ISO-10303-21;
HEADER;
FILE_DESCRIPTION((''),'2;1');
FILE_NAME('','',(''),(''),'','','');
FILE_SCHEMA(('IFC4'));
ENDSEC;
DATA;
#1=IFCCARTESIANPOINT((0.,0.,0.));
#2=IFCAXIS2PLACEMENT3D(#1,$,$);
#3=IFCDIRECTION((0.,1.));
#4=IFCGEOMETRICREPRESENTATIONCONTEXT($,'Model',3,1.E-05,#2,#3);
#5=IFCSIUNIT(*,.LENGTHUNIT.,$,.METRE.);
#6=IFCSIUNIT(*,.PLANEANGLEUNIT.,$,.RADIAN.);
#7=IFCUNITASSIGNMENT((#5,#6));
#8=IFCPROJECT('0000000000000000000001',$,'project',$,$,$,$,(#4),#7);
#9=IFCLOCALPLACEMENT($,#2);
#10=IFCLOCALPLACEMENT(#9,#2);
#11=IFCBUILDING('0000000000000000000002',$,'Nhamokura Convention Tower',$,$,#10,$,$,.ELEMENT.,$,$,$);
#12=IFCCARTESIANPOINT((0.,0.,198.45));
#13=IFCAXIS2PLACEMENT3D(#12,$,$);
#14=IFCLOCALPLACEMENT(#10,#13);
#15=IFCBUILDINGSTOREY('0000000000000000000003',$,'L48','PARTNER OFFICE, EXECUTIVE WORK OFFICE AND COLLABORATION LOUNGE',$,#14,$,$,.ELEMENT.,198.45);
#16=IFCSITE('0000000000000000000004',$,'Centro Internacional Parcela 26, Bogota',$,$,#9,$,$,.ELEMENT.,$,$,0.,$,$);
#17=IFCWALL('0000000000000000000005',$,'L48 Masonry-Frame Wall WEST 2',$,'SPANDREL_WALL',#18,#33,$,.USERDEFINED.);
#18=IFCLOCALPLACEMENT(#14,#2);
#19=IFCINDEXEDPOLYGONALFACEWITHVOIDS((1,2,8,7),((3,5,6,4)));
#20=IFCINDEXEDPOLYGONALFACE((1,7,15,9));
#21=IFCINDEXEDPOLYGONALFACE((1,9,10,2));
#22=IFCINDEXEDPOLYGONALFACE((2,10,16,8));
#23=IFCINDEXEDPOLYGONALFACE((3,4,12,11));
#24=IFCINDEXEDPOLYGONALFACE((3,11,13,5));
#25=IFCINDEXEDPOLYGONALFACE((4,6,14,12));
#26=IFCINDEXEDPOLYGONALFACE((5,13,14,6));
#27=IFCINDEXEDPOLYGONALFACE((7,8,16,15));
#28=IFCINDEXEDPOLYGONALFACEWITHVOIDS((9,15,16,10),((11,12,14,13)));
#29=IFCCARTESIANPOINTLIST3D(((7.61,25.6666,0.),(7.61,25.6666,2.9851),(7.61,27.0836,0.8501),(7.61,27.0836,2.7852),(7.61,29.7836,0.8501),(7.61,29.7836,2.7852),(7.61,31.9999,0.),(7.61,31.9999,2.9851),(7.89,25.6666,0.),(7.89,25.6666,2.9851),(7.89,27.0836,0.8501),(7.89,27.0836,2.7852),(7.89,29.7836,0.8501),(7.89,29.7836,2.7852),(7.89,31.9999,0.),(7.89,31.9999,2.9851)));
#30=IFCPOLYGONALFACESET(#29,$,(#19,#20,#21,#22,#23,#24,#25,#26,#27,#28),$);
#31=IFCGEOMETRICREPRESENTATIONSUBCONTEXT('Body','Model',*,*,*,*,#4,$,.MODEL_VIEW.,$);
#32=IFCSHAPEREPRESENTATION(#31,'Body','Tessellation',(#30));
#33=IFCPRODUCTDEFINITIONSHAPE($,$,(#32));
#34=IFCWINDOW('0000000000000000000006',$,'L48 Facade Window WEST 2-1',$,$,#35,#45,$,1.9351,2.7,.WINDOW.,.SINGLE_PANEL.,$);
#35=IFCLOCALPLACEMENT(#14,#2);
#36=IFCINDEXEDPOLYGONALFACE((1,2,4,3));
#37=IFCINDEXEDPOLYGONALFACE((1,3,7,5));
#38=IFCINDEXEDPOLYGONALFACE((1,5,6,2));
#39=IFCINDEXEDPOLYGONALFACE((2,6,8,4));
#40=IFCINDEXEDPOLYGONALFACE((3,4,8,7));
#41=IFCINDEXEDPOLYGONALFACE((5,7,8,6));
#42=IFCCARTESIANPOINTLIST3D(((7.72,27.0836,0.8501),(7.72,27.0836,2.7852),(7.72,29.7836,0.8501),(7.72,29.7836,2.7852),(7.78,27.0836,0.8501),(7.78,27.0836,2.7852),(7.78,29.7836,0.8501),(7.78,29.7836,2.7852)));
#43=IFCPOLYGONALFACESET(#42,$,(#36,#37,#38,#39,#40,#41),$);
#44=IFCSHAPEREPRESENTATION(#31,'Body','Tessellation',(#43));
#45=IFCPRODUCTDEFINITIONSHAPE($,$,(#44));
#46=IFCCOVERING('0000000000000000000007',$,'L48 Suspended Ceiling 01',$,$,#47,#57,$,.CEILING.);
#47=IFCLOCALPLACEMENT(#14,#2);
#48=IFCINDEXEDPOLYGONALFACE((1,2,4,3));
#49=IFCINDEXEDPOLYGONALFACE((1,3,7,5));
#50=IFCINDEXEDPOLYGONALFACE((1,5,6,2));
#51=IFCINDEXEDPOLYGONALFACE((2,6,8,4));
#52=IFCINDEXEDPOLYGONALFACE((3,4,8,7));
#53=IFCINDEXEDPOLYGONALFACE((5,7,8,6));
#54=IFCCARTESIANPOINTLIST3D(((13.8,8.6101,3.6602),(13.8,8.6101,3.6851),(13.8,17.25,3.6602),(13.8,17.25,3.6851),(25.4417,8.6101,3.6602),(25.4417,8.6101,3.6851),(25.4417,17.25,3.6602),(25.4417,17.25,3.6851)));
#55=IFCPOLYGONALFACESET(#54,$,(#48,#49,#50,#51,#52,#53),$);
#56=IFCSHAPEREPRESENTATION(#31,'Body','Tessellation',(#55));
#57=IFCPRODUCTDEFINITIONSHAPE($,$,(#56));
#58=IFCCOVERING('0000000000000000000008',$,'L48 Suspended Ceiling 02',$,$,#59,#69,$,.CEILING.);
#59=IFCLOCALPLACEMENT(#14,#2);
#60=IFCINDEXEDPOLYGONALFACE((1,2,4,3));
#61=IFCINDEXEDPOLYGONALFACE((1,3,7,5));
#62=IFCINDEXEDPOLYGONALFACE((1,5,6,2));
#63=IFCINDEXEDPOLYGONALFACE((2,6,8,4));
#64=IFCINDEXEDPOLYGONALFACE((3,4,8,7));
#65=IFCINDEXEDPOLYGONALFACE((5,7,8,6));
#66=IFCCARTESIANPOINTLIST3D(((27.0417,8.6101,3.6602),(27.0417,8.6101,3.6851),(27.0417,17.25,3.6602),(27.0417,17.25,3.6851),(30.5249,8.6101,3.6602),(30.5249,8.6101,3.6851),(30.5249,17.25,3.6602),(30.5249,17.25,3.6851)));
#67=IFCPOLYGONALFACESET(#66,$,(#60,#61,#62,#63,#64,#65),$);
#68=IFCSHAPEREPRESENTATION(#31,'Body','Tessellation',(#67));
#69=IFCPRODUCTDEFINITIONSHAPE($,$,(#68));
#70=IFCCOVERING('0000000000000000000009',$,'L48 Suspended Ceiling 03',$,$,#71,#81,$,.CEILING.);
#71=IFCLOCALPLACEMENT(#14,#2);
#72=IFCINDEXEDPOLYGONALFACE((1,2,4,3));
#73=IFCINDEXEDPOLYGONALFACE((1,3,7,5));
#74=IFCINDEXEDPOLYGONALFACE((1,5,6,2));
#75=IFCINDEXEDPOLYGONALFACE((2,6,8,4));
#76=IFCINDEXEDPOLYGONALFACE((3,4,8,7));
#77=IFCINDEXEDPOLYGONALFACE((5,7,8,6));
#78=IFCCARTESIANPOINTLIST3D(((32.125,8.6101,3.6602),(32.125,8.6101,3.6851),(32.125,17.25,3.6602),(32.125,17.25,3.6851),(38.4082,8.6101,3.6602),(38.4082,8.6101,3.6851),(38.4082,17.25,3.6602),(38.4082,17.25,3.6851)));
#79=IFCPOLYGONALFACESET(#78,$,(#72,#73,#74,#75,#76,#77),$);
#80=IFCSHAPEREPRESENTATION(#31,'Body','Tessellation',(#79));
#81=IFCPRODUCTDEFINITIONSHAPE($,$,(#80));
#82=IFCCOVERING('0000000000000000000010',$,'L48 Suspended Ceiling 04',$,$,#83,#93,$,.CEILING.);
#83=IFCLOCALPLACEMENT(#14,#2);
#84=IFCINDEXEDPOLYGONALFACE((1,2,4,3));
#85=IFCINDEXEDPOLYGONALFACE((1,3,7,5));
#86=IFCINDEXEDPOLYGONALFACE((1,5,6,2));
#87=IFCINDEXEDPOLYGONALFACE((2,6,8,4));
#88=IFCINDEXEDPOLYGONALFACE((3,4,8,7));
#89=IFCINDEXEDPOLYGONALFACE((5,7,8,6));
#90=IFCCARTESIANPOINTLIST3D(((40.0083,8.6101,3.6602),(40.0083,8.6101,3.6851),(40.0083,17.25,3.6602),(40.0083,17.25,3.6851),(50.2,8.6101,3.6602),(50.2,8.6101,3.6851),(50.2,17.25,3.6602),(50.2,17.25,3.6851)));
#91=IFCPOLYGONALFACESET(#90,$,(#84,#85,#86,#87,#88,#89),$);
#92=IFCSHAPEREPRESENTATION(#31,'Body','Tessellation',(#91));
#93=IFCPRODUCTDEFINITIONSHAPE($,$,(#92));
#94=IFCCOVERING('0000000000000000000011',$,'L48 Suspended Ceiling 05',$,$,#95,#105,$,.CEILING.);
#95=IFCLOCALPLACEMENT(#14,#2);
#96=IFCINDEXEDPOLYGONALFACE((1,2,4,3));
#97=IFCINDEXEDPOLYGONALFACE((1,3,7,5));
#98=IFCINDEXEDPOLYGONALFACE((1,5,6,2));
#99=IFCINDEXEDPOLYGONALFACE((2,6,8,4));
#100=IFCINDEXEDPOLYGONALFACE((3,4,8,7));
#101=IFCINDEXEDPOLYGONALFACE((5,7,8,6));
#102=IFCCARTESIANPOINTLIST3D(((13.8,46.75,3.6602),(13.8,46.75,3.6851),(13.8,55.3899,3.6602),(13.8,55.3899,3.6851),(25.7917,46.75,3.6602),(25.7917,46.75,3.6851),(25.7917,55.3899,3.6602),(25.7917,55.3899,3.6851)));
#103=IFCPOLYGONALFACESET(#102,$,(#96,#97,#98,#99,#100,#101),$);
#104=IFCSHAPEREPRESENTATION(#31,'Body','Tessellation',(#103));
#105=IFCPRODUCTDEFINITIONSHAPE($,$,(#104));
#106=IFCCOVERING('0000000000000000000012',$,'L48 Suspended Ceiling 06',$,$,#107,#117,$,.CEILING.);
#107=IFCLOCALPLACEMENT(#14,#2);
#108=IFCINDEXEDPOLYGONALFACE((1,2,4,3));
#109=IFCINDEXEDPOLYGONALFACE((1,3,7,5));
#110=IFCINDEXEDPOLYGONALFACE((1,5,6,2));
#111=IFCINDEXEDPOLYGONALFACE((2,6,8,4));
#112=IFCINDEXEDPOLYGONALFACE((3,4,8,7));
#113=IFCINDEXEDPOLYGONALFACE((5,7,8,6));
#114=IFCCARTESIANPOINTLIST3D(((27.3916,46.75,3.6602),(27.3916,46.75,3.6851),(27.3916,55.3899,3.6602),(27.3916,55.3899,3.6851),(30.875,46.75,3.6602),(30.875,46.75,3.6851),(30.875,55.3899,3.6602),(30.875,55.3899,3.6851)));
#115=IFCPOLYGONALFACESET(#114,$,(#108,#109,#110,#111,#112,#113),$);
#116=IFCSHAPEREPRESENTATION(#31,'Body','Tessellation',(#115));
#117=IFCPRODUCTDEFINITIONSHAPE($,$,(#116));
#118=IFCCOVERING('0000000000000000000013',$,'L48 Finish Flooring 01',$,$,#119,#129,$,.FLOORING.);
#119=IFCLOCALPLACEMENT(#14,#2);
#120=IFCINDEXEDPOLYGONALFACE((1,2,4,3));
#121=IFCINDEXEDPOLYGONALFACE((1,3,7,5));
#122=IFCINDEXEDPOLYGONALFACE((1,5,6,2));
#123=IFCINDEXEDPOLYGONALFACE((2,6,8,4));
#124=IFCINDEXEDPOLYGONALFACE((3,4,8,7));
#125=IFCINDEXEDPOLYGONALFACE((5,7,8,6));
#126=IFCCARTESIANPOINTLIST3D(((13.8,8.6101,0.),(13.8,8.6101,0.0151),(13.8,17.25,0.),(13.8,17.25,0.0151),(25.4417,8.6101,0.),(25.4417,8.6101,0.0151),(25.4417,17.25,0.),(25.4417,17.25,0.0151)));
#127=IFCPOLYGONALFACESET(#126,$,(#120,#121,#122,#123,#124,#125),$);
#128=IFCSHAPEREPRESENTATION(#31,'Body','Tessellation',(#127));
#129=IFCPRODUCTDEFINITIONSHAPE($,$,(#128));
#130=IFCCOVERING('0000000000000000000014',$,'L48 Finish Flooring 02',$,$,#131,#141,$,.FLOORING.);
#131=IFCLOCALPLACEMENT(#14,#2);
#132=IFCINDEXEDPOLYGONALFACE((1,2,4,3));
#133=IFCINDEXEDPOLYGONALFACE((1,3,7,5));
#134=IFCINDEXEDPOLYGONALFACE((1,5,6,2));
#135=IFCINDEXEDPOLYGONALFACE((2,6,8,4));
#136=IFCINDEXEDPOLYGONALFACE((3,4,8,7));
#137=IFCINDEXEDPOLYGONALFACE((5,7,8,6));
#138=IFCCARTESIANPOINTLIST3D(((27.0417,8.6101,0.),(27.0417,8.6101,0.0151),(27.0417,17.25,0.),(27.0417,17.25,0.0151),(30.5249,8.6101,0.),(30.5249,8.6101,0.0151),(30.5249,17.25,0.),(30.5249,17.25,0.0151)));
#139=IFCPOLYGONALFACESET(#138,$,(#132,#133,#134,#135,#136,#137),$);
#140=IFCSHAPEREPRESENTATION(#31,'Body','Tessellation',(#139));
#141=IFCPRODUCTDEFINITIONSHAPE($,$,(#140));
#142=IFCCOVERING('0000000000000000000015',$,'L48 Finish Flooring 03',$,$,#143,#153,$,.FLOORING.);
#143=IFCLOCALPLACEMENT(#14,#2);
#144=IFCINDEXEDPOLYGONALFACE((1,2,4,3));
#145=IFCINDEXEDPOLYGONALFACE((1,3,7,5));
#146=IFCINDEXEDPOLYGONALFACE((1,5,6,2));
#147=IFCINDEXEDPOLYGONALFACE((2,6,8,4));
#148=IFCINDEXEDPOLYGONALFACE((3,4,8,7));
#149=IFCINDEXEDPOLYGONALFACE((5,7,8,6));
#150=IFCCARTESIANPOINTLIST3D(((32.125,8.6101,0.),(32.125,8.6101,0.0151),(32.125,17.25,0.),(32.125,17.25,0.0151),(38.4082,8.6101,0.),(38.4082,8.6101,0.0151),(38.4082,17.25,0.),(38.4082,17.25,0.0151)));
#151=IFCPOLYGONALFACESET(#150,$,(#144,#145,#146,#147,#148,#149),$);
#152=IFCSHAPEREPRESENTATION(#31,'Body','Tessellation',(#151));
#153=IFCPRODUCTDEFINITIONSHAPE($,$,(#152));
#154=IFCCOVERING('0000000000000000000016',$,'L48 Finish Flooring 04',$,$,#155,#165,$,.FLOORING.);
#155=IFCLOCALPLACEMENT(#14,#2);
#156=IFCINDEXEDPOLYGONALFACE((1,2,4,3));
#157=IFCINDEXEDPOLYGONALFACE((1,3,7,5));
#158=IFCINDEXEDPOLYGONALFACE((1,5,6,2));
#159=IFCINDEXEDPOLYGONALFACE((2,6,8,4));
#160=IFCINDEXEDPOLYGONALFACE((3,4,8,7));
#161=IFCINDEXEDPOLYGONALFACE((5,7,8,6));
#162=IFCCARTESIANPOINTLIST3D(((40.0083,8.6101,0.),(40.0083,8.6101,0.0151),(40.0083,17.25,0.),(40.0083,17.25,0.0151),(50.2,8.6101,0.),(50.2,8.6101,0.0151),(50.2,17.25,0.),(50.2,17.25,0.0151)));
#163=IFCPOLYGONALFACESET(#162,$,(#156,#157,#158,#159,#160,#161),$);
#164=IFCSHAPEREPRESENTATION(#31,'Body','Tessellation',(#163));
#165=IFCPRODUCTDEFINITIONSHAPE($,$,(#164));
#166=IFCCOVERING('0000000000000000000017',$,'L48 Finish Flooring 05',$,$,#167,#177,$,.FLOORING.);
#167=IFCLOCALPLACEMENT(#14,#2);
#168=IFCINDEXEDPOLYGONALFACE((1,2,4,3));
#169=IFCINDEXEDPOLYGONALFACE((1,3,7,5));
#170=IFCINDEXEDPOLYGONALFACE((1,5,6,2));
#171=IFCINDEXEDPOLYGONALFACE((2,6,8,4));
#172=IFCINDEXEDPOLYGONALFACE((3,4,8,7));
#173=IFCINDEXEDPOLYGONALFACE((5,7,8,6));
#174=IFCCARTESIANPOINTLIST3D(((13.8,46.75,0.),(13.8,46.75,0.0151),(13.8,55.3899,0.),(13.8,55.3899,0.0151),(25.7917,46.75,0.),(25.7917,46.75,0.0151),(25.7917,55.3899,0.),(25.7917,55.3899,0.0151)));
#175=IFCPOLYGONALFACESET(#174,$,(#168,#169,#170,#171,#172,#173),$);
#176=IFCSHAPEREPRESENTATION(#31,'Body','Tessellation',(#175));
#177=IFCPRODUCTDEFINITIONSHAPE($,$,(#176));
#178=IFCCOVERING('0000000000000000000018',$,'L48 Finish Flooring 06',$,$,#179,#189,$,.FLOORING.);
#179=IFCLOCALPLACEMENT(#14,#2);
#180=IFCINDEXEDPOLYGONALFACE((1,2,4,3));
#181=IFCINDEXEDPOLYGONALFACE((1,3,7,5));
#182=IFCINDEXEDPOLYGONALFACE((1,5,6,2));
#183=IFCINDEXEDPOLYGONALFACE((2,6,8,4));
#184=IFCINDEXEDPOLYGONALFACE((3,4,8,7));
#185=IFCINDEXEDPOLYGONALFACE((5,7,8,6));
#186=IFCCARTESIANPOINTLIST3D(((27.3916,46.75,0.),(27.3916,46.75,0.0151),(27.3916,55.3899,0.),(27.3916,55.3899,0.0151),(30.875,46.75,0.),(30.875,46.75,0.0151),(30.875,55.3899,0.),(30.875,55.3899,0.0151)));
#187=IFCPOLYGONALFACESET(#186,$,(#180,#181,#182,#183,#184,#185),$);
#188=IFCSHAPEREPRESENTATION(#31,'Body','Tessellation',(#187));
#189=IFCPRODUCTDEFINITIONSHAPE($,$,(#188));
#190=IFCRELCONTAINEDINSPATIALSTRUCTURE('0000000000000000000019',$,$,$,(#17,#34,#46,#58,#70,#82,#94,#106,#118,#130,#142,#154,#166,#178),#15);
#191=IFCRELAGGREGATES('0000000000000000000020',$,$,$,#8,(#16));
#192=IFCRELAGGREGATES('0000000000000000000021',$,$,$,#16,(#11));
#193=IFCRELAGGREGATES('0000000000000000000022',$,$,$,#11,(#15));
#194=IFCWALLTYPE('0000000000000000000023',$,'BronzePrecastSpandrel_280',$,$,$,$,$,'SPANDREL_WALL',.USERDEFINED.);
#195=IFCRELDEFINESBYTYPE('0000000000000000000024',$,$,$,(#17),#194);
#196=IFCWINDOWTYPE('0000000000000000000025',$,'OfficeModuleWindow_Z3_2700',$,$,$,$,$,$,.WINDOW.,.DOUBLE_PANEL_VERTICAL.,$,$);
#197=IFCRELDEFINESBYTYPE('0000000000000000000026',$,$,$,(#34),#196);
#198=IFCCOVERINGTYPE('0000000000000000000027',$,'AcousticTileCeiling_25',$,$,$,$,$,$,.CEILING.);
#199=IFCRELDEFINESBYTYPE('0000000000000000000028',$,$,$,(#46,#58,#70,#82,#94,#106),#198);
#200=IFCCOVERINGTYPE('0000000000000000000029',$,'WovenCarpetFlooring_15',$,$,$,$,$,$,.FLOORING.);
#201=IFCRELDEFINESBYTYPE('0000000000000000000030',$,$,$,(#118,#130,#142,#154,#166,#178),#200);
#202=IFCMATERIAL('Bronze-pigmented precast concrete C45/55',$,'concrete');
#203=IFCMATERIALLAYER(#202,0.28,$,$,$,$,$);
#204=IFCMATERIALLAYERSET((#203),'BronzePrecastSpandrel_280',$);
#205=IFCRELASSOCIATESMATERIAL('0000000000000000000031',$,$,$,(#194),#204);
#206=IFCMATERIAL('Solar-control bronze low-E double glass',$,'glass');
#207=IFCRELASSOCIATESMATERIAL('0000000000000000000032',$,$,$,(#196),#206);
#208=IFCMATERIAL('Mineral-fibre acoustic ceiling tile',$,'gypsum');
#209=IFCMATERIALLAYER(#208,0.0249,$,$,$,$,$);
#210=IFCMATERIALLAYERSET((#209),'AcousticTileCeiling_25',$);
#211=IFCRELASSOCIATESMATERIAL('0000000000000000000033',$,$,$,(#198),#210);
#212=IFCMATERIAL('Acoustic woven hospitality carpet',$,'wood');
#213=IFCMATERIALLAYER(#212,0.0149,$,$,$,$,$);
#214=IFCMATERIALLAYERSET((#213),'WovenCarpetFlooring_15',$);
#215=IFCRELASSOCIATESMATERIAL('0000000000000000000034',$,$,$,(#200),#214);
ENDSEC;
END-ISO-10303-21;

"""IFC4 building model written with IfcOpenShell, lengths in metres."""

from ifc_helpers import new_model, si_unit, direction, frame, frame_2d, origin, place, context, subcontext, project, spatial, polyline, rectangle, outline, extrude, material, layer, layer_set, type_object, element, fill, save


model = new_model("IFC4")

# Units and contexts
model_context = context("Model", 3, precision=1e-05, world=origin(), true_north=direction((0.0, 1.0)))
body_context = subcontext(model_context, "Body", "Model", "MODEL_VIEW")
ifc_project = project(units=[si_unit("LENGTHUNIT", "METRE"), si_unit("PLANEANGLEUNIT", "RADIAN")], contexts=[model_context])

# Site, building, storey
site_placement = place(None, origin())
site = spatial("IfcSite", under=ifc_project, at=site_placement, Name="Centro Internacional Parcela 26, Bogota", CompositionType="ELEMENT", RefElevation=0.0)
building_placement = place(site_placement, origin())
building = spatial("IfcBuilding", under=site, at=building_placement, Name="Nhamokura Convention Tower", CompositionType="ELEMENT")
storey_placement = place(building_placement, frame((0.0, 0.0, 198.45)))
storey = spatial("IfcBuildingStorey", under=building, at=storey_placement, Name="L48", Description="PARTNER OFFICE, EXECUTIVE WORK OFFICE AND COLLABORATION LOUNGE", CompositionType="ELEMENT", Elevation=198.45)

# Shared definitions
ifc_material_1 = material(Name="Bronze-pigmented precast concrete C45/55", Category="concrete")
ifc_layer_1 = layer(ifc_material_1, 0.28)
ifc_layer_set_1 = layer_set([ifc_layer_1], Name="BronzePrecastSpandrel_280")
wall_type = type_object("IfcWallType", Name="BronzePrecastSpandrel_280", ElementType="SPANDREL_WALL", PredefinedType="USERDEFINED", material=ifc_layer_set_1)

# Wall, opening, window
wall_1_placement = place(storey_placement, frame((7.75, 25.6667, 0.0), z_axis=(0.0, 0.0, 1.0), x_axis=(0.0, 1.0, 0.0)))
wall_1 = element("IfcWall", 1, at=wall_1_placement, inside=storey, type_object=wall_type, Name="L48 Masonry-Frame Wall WEST 2", ObjectType="SPANDREL_WALL", PredefinedType="USERDEFINED", context=body_context, shape_type="SweptSolid", body=[
    extrude(rectangle(XDim=6.3333, YDim=0.28, at=frame_2d((3.1665, 0.0))), origin(), (0.0, 0.0, 1.0), 2.9851),
])
opening_1_placement = place(wall_1_placement, frame((1.4167, 0.0, 0.8501)))
opening_1 = element("IfcOpeningElement", 2, at=opening_1_placement, cuts=wall_1, PredefinedType="OPENING", context=body_context, shape_type="SweptSolid", body=[
    extrude(rectangle(XDim=2.7, YDim=1.9351, at=frame_2d((1.3501, 0.9675))), frame((0.0, 0.1499, 0.0), z_axis=(0.0, -1.0, 0.0), x_axis=(1.0, 0.0, 0.0)), (0.0, 0.0, 1.0), 0.3),
])
ifc_material_2 = material(Name="Solar-control bronze low-E double glass", Category="glass")
window_type_1 = type_object("IfcWindowType", Name="OfficeModuleWindow_Z3_2700", PartitioningType="DOUBLE_PANEL_VERTICAL", PredefinedType="WINDOW", material=ifc_material_2)
window_1_placement = place(opening_1_placement, origin())
window_1 = element("IfcWindow", 3, at=window_1_placement, inside=storey, type_object=window_type_1, Name="L48 Facade Window WEST 2-1", OverallHeight=1.9351, OverallWidth=2.7, PartitioningType="SINGLE_PANEL", PredefinedType="WINDOW", context=body_context, shape_type="SweptSolid", body=[
    extrude(rectangle(XDim=2.7, YDim=1.9351, at=frame_2d((1.3501, 0.9675))), frame((0.0, 0.03, 0.0), z_axis=(0.0, -1.0, 0.0), x_axis=(1.0, 0.0, 0.0)), (0.0, 0.0, 1.0), 0.0601),
])
fill(opening_1, window_1)

# Coverings
ifc_material_3 = material(Name="Mineral-fibre acoustic ceiling tile", Category="gypsum")
ifc_layer_2 = layer(ifc_material_3, 0.0249)
ifc_layer_set_2 = layer_set([ifc_layer_2], Name="AcousticTileCeiling_25")
covering_type_1 = type_object("IfcCoveringType", Name="AcousticTileCeiling_25", PredefinedType="CEILING", material=ifc_layer_set_2)
covering_1_placement = place(storey_placement, frame((0.0, 0.0, 3.6602)))
element("IfcCovering", 4, at=covering_1_placement, inside=storey, type_object=covering_type_1, Name="L48 Suspended Ceiling 01", PredefinedType="CEILING", context=body_context, shape_type="SweptSolid", body=[
    extrude(outline(polyline([(13.8, 8.6101), (25.4417, 8.6101), (25.4417, 17.25), (13.8, 17.25), (13.8, 8.6101)])), origin(), (0.0, 0.0, 1.0), 0.0249),
])
covering_2_placement = place(storey_placement, frame((0.0, 0.0, 3.6602)))
element("IfcCovering", 5, at=covering_2_placement, inside=storey, type_object=covering_type_1, Name="L48 Suspended Ceiling 02", PredefinedType="CEILING", context=body_context, shape_type="SweptSolid", body=[
    extrude(outline(polyline([(27.0417, 8.6101), (30.5249, 8.6101), (30.5249, 17.25), (27.0417, 17.25), (27.0417, 8.6101)])), origin(), (0.0, 0.0, 1.0), 0.0249),
])
covering_3_placement = place(storey_placement, frame((0.0, 0.0, 3.6602)))
element("IfcCovering", 6, at=covering_3_placement, inside=storey, type_object=covering_type_1, Name="L48 Suspended Ceiling 03", PredefinedType="CEILING", context=body_context, shape_type="SweptSolid", body=[
    extrude(outline(polyline([(32.125, 8.6101), (38.4082, 8.6101), (38.4082, 17.25), (32.125, 17.25), (32.125, 8.6101)])), origin(), (0.0, 0.0, 1.0), 0.0249),
])
covering_4_placement = place(storey_placement, frame((0.0, 0.0, 3.6602)))
element("IfcCovering", 7, at=covering_4_placement, inside=storey, type_object=covering_type_1, Name="L48 Suspended Ceiling 04", PredefinedType="CEILING", context=body_context, shape_type="SweptSolid", body=[
    extrude(outline(polyline([(40.0083, 8.6101), (50.2, 8.6101), (50.2, 17.25), (40.0083, 17.25), (40.0083, 8.6101)])), origin(), (0.0, 0.0, 1.0), 0.0249),
])
covering_5_placement = place(storey_placement, frame((0.0, 0.0, 3.6602)))
element("IfcCovering", 8, at=covering_5_placement, inside=storey, type_object=covering_type_1, Name="L48 Suspended Ceiling 05", PredefinedType="CEILING", context=body_context, shape_type="SweptSolid", body=[
    extrude(outline(polyline([(13.8, 46.75), (25.7917, 46.75), (25.7917, 55.3899), (13.8, 55.3899), (13.8, 46.75)])), origin(), (0.0, 0.0, 1.0), 0.0249),
])
covering_6_placement = place(storey_placement, frame((0.0, 0.0, 3.6602)))
element("IfcCovering", 9, at=covering_6_placement, inside=storey, type_object=covering_type_1, Name="L48 Suspended Ceiling 06", PredefinedType="CEILING", context=body_context, shape_type="SweptSolid", body=[
    extrude(outline(polyline([(27.3916, 46.75), (30.875, 46.75), (30.875, 55.3899), (27.3916, 55.3899), (27.3916, 46.75)])), origin(), (0.0, 0.0, 1.0), 0.0249),
])
ifc_material_4 = material(Name="Acoustic woven hospitality carpet", Category="wood")
ifc_layer_3 = layer(ifc_material_4, 0.0149)
ifc_layer_set_3 = layer_set([ifc_layer_3], Name="WovenCarpetFlooring_15")
covering_type_2 = type_object("IfcCoveringType", Name="WovenCarpetFlooring_15", PredefinedType="FLOORING", material=ifc_layer_set_3)
covering_7_placement = place(storey_placement, origin())
element("IfcCovering", 10, at=covering_7_placement, inside=storey, type_object=covering_type_2, Name="L48 Finish Flooring 01", PredefinedType="FLOORING", context=body_context, shape_type="SweptSolid", body=[
    extrude(outline(polyline([(13.8, 8.6101), (25.4417, 8.6101), (25.4417, 17.25), (13.8, 17.25), (13.8, 8.6101)])), origin(), (0.0, 0.0, 1.0), 0.0151),
])
covering_8_placement = place(storey_placement, origin())
element("IfcCovering", 11, at=covering_8_placement, inside=storey, type_object=covering_type_2, Name="L48 Finish Flooring 02", PredefinedType="FLOORING", context=body_context, shape_type="SweptSolid", body=[
    extrude(outline(polyline([(27.0417, 8.6101), (30.5249, 8.6101), (30.5249, 17.25), (27.0417, 17.25), (27.0417, 8.6101)])), origin(), (0.0, 0.0, 1.0), 0.0151),
])
covering_9_placement = place(storey_placement, origin())
element("IfcCovering", 12, at=covering_9_placement, inside=storey, type_object=covering_type_2, Name="L48 Finish Flooring 03", PredefinedType="FLOORING", context=body_context, shape_type="SweptSolid", body=[
    extrude(outline(polyline([(32.125, 8.6101), (38.4082, 8.6101), (38.4082, 17.25), (32.125, 17.25), (32.125, 8.6101)])), origin(), (0.0, 0.0, 1.0), 0.0151),
])
covering_10_placement = place(storey_placement, origin())
element("IfcCovering", 13, at=covering_10_placement, inside=storey, type_object=covering_type_2, Name="L48 Finish Flooring 04", PredefinedType="FLOORING", context=body_context, shape_type="SweptSolid", body=[
    extrude(outline(polyline([(40.0083, 8.6101), (50.2, 8.6101), (50.2, 17.25), (40.0083, 17.25), (40.0083, 8.6101)])), origin(), (0.0, 0.0, 1.0), 0.0151),
])
covering_11_placement = place(storey_placement, origin())
element("IfcCovering", 14, at=covering_11_placement, inside=storey, type_object=covering_type_2, Name="L48 Finish Flooring 05", PredefinedType="FLOORING", context=body_context, shape_type="SweptSolid", body=[
    extrude(outline(polyline([(13.8, 46.75), (25.7917, 46.75), (25.7917, 55.3899), (13.8, 55.3899), (13.8, 46.75)])), origin(), (0.0, 0.0, 1.0), 0.0151),
])
covering_12_placement = place(storey_placement, origin())
element("IfcCovering", 15, at=covering_12_placement, inside=storey, type_object=covering_type_2, Name="L48 Finish Flooring 06", PredefinedType="FLOORING", context=body_context, shape_type="SweptSolid", body=[
    extrude(outline(polyline([(27.3916, 46.75), (30.875, 46.75), (30.875, 55.3899), (27.3916, 55.3899), (27.3916, 46.75)])), origin(), (0.0, 0.0, 1.0), 0.0151),
])

save(model, "model.ifc")
